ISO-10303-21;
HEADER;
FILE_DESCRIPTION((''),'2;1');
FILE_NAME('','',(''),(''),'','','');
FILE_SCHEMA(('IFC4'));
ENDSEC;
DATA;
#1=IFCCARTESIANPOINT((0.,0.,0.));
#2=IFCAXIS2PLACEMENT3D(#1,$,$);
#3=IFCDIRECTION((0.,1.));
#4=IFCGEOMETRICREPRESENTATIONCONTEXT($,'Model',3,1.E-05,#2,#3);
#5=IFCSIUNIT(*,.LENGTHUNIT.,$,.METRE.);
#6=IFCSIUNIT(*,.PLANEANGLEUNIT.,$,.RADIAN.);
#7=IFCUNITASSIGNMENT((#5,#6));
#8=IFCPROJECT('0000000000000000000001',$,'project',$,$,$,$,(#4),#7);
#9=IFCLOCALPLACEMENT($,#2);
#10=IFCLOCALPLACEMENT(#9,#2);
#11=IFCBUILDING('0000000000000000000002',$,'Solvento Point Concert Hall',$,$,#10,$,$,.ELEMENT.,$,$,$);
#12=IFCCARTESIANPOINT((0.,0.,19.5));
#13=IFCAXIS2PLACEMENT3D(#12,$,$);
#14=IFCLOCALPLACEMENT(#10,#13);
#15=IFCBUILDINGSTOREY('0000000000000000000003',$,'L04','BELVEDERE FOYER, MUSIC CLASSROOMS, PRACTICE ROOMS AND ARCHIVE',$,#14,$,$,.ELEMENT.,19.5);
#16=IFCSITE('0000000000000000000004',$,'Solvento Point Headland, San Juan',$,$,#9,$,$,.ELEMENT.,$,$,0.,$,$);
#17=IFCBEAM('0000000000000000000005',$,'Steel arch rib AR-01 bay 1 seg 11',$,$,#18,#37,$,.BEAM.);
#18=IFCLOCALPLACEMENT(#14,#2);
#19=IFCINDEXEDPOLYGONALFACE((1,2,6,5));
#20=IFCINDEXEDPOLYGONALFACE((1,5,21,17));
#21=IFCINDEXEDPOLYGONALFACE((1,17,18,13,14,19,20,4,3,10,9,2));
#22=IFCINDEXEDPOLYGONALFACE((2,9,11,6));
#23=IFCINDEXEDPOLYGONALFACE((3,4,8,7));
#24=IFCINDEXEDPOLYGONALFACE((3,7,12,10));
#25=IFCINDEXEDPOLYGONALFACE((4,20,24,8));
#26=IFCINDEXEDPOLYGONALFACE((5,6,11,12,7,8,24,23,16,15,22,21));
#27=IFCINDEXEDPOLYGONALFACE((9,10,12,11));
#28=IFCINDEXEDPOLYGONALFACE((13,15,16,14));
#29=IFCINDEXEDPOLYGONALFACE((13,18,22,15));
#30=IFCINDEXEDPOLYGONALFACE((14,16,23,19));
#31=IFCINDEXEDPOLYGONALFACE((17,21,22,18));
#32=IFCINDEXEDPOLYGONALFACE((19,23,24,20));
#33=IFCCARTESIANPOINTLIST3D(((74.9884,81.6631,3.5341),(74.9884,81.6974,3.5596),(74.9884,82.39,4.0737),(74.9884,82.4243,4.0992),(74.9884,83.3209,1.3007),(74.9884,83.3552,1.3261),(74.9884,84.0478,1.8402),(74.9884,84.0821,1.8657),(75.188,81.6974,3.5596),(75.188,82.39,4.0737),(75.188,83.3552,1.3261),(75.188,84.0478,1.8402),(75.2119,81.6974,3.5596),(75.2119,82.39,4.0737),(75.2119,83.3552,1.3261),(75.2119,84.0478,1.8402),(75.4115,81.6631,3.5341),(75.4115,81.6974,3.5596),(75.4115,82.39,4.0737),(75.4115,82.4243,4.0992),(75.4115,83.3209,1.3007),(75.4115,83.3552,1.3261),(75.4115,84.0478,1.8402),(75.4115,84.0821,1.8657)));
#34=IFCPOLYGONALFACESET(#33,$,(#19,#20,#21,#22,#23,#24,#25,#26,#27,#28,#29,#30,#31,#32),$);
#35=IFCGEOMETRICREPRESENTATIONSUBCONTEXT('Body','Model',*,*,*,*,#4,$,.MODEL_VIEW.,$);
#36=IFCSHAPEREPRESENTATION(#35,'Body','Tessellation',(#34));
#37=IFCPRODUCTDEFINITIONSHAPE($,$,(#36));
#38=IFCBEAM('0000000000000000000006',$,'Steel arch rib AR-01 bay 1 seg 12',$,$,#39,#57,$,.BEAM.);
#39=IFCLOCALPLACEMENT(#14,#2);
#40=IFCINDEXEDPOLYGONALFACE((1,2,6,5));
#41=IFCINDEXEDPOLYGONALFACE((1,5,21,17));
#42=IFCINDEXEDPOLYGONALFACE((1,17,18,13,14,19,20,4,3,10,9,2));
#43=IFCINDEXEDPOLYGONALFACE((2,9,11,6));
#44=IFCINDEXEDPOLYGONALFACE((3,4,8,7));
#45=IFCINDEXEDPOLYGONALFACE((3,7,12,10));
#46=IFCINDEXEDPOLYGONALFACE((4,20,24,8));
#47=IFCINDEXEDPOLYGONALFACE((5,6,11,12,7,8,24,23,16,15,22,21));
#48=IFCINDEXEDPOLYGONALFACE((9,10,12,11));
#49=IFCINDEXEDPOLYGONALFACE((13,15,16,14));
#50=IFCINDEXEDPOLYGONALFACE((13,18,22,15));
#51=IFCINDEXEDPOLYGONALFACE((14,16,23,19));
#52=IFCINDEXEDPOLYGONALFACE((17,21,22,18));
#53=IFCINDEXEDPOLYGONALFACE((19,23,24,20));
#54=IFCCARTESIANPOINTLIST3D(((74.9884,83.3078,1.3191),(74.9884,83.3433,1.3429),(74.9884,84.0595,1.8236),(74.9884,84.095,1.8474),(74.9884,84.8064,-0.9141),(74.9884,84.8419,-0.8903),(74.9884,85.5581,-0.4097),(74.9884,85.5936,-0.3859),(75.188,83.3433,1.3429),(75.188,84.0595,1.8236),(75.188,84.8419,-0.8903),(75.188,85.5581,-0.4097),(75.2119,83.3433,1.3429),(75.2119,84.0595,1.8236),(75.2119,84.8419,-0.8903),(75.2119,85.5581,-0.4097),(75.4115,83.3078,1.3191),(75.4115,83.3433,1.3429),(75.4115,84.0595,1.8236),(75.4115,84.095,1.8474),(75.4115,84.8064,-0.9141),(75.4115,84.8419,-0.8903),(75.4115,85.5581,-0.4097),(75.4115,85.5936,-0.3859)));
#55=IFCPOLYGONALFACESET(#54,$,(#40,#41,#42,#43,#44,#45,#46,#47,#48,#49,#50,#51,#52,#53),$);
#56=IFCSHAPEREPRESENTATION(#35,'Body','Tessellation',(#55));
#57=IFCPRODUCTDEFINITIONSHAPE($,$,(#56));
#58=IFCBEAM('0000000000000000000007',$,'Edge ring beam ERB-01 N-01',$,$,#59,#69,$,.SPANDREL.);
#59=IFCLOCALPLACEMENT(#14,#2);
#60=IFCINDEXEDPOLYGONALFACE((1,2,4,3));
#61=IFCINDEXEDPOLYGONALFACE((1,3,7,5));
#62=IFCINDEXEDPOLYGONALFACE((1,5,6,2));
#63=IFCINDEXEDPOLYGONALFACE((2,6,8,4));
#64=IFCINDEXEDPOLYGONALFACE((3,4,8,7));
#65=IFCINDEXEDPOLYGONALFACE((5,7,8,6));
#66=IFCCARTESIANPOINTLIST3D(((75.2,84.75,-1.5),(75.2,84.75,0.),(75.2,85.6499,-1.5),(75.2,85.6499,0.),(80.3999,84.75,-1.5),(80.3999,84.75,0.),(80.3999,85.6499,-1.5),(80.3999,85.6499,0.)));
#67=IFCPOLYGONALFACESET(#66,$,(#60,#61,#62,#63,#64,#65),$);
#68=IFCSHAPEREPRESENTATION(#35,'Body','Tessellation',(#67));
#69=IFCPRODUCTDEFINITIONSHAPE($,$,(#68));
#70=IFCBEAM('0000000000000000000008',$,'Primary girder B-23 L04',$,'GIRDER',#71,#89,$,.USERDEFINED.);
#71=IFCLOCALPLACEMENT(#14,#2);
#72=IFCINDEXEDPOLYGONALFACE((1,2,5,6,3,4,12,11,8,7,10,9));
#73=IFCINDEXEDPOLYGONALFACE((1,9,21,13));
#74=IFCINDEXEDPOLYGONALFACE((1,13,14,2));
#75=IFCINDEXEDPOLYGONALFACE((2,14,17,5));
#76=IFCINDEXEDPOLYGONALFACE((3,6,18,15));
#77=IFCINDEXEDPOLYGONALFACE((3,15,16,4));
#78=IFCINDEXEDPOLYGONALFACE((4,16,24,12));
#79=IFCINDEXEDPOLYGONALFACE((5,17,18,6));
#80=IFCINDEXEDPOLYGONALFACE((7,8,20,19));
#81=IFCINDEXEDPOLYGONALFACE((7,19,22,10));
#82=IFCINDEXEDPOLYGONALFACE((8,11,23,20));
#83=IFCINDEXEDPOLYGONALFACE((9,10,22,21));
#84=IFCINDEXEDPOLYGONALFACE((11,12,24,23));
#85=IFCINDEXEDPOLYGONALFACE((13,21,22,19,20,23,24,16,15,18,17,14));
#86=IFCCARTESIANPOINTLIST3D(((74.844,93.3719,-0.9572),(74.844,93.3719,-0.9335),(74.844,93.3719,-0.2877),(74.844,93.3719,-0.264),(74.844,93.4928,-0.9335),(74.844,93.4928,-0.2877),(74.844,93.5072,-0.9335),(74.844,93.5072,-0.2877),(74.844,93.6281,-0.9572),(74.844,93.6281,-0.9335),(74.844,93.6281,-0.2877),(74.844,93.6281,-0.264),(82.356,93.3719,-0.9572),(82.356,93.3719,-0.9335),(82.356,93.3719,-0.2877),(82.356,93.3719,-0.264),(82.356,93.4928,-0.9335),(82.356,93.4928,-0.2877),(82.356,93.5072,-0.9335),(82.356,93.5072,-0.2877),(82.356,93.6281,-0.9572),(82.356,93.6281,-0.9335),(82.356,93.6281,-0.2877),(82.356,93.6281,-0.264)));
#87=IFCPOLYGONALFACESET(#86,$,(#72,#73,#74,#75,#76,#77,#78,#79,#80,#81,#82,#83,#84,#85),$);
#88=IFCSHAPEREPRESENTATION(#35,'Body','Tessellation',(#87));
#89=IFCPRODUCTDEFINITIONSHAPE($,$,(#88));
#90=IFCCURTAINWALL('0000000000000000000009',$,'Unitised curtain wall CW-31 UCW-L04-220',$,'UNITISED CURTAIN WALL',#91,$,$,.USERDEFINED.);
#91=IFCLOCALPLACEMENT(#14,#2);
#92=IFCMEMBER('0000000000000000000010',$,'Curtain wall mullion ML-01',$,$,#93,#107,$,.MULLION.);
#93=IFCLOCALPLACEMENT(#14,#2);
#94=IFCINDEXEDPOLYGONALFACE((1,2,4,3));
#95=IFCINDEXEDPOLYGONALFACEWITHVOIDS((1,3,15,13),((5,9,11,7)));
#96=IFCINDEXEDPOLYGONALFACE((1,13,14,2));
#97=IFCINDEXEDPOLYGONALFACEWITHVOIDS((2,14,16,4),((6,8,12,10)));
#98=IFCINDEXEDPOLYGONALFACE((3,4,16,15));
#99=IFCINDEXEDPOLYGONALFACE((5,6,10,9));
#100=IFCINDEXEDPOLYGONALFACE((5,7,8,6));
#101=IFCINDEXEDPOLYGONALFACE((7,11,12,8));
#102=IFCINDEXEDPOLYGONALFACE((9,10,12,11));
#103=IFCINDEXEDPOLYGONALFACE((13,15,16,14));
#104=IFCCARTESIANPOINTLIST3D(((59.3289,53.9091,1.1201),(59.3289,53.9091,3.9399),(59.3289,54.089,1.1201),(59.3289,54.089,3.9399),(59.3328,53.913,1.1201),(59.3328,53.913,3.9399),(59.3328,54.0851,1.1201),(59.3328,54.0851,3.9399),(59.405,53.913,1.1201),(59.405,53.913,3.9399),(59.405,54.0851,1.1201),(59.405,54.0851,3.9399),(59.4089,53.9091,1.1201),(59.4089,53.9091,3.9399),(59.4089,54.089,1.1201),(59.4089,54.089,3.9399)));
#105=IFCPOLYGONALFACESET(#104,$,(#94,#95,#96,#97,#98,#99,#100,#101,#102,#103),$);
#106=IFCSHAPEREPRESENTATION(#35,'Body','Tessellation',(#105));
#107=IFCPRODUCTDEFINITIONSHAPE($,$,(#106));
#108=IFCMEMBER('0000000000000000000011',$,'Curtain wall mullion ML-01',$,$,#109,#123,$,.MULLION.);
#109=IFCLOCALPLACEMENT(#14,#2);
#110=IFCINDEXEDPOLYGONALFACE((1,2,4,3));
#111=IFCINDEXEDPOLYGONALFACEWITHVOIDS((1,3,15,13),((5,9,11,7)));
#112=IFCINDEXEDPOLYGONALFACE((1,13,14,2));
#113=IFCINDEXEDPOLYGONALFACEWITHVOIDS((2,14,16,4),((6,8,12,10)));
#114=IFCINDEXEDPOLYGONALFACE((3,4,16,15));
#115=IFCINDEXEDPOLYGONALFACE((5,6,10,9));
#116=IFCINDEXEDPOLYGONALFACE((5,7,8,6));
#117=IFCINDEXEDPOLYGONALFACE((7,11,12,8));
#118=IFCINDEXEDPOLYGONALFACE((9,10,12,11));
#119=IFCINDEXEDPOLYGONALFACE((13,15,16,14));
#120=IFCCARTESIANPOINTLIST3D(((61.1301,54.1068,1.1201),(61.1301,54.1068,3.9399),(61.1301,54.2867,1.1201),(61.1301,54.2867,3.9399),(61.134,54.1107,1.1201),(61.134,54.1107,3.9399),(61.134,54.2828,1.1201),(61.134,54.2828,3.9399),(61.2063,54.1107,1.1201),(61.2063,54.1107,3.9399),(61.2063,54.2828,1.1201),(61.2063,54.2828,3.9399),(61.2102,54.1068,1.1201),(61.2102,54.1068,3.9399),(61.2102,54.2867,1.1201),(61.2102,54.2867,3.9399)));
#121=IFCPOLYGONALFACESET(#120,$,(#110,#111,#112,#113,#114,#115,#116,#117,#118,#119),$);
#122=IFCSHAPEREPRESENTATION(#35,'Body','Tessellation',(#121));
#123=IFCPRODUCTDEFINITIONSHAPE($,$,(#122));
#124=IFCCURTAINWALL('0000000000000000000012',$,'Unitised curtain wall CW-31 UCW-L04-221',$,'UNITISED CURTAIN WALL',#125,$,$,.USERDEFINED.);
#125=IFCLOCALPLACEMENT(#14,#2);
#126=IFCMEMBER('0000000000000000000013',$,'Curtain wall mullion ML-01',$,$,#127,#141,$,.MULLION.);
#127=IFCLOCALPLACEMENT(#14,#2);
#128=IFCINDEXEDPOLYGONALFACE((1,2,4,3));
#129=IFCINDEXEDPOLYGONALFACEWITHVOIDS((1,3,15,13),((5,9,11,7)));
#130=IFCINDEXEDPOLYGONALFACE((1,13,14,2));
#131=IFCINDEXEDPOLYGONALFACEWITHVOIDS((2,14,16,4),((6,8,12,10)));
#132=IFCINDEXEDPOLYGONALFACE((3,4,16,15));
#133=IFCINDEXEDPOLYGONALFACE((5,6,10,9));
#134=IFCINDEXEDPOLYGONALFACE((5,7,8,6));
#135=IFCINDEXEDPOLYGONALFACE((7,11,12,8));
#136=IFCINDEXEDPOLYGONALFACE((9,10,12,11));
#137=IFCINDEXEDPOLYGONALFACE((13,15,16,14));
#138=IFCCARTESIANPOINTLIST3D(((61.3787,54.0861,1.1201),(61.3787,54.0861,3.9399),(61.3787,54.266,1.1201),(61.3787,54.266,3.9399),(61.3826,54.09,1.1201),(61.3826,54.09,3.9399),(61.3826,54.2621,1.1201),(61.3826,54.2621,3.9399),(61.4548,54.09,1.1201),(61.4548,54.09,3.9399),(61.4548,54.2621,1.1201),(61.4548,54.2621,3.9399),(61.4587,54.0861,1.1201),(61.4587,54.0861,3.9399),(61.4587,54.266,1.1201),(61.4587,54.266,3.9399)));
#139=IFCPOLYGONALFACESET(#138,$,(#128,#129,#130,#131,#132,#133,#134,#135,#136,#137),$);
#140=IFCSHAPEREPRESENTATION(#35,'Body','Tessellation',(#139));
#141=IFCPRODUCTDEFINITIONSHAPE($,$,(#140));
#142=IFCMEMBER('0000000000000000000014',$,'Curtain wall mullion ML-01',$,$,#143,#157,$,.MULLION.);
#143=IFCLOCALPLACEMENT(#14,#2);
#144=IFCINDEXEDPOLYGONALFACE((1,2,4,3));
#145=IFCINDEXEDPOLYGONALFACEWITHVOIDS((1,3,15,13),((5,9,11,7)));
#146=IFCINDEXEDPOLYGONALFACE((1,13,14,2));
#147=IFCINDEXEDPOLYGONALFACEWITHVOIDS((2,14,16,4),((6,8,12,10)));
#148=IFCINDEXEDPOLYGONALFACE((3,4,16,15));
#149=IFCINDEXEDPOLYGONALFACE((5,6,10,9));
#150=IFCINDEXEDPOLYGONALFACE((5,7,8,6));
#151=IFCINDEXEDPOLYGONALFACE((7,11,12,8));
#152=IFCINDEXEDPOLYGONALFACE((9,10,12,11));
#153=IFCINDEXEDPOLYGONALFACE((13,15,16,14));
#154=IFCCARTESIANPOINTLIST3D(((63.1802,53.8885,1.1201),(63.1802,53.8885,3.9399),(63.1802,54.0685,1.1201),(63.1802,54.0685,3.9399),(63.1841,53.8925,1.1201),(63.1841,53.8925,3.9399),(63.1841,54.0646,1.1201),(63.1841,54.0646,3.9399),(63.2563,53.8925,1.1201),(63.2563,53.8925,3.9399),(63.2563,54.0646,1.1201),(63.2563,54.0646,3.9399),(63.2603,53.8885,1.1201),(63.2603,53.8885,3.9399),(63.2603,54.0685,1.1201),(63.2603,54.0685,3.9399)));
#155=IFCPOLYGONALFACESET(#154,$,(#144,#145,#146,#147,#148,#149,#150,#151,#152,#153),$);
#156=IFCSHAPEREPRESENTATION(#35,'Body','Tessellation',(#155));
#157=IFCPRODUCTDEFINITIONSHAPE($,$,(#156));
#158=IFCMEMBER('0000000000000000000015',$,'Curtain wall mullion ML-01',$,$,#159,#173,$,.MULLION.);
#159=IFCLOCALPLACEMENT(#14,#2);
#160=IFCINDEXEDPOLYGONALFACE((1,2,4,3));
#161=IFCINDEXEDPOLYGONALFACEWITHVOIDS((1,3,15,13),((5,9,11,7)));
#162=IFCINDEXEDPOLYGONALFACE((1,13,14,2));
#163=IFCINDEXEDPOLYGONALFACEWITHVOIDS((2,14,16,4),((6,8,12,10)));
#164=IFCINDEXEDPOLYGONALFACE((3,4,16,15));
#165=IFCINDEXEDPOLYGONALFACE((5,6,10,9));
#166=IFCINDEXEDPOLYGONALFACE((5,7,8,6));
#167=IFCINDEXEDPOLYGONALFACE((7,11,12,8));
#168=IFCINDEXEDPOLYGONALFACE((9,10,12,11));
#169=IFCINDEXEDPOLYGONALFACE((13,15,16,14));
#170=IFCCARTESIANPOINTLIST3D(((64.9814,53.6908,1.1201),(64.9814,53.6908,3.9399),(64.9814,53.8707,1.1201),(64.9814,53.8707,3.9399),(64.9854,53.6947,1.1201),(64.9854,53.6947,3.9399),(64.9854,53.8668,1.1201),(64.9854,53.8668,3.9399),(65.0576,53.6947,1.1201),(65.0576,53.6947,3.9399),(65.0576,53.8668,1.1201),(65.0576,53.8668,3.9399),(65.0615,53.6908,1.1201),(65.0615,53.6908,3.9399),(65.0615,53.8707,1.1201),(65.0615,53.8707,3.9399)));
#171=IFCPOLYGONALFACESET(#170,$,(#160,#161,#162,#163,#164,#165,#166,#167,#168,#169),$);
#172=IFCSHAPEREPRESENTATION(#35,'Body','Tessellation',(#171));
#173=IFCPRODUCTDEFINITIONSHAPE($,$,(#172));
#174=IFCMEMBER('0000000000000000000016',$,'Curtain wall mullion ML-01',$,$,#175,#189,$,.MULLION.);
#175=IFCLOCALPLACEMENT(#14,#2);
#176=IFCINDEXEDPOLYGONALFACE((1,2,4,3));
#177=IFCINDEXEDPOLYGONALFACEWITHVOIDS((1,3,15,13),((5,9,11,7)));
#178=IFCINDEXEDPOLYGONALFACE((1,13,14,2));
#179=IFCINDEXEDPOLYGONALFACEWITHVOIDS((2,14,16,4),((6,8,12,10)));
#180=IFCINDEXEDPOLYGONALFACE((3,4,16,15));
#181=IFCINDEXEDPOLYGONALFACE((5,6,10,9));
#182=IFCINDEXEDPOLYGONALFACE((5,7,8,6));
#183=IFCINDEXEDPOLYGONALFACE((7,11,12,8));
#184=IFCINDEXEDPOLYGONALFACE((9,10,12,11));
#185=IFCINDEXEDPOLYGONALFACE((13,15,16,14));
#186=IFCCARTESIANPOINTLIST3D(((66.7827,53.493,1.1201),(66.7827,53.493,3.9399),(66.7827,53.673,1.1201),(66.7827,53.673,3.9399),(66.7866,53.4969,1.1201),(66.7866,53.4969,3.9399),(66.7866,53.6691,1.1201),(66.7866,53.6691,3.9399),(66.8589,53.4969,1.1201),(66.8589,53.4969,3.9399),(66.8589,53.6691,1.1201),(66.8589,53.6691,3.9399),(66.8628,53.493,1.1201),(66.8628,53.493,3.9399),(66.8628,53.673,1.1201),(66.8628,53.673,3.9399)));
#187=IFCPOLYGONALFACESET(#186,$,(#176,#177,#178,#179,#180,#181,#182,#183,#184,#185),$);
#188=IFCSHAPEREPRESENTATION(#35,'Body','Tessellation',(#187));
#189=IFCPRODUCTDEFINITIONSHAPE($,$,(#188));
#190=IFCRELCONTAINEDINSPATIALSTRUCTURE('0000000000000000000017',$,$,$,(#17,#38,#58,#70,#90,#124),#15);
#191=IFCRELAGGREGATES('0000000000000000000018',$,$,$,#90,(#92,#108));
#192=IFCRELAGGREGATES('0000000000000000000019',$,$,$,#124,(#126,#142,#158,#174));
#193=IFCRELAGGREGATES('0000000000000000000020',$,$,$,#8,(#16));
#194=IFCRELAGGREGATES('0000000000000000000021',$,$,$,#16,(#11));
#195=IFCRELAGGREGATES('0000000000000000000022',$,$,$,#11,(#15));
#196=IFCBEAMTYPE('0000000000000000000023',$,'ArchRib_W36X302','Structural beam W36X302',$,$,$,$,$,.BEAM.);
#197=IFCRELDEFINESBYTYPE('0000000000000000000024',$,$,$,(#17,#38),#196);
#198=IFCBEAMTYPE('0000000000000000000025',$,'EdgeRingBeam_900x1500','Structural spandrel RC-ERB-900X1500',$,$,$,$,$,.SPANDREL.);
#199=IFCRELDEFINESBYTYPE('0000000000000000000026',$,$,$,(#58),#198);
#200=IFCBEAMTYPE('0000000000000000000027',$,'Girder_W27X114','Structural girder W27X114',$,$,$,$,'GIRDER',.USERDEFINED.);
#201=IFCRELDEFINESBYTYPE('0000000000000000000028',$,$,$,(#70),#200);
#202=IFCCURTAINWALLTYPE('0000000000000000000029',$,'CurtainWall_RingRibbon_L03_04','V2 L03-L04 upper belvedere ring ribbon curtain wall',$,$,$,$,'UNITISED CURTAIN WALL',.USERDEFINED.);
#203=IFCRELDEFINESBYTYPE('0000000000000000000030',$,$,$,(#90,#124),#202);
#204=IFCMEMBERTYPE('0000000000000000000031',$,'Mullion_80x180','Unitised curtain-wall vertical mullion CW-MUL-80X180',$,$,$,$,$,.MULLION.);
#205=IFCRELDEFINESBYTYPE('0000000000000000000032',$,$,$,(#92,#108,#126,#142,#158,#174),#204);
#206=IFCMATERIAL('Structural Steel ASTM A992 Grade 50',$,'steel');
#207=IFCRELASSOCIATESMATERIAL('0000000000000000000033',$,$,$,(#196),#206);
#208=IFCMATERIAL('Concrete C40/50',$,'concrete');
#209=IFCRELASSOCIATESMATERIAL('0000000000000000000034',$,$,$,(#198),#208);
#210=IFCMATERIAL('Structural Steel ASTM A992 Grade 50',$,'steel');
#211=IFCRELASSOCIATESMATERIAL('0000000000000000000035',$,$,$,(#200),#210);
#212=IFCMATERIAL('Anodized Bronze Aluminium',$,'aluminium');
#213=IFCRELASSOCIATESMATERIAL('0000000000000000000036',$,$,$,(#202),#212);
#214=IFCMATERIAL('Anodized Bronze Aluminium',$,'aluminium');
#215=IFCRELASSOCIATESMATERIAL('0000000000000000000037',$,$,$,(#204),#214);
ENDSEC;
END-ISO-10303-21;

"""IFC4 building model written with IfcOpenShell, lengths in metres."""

from ifc_helpers import new_model, si_unit, direction, frame, origin, origin_2d, place, context, subcontext, project, spatial, rectangle, hollow_rectangle, i_section, extrude, material, material_profile, profile_set, type_object, element, aggregate, save


model = new_model("IFC4")

# Units and contexts
model_context = context("Model", 3, precision=1e-05, world=origin(), true_north=direction((0.0, 1.0)))
body_context = subcontext(model_context, "Body", "Model", "MODEL_VIEW")
ifc_project = project(units=[si_unit("LENGTHUNIT", "METRE"), si_unit("PLANEANGLEUNIT", "RADIAN")], contexts=[model_context])

# Site, building, storey
site_placement = place(None, origin())
site = spatial("IfcSite", under=ifc_project, at=site_placement, Name="Solvento Point Headland, San Juan", CompositionType="ELEMENT", RefElevation=0.0)
building_placement = place(site_placement, origin())
building = spatial("IfcBuilding", under=site, at=building_placement, Name="Solvento Point Concert Hall", CompositionType="ELEMENT")
storey_placement = place(building_placement, frame((0.0, 0.0, 19.5)))
storey = spatial("IfcBuildingStorey", under=building, at=storey_placement, Name="L04", Description="BELVEDERE FOYER, MUSIC CLASSROOMS, PRACTICE ROOMS AND ARCHIVE", CompositionType="ELEMENT", Elevation=19.5)

# Beams
ifc_material_1 = material(Name="Structural Steel ASTM A992 Grade 50", Category="steel")
ifc_material_profile_1 = material_profile(ifc_material_1, i_section(OverallWidth=0.4231, OverallDepth=0.948, WebThickness=0.0239, FlangeThickness=0.0427, at=origin_2d()), Name="W36X302")
ifc_profile_set_1 = profile_set([ifc_material_profile_1], Name="Structural Steel ASTM A992 Grade 50")
beam_type_1 = type_object("IfcBeamType", Name="ArchRib_W36X302", Description="Structural beam W36X302", PredefinedType="BEAM", material=ifc_profile_set_1)
beam_1_placement = place(storey_placement, frame((75.2, 82.0437, 3.8167), z_axis=(0.0, 0.596004, -0.802981), x_axis=(-1.0, 0.0, 0.0)))
element("IfcBeam", 1, at=beam_1_placement, inside=storey, type_object=beam_type_1, Name="Steel arch rib AR-01 bay 1 seg 11", PredefinedType="BEAM", context=body_context, shape_type="SweptSolid", body=[
    extrude(i_section(OverallWidth=0.4231, OverallDepth=0.948, WebThickness=0.0239, FlangeThickness=0.0427, at=origin_2d()), origin(), (0.0, 0.0, 1.0), 2.7815),
])
beam_2_placement = place(storey_placement, frame((75.2, 83.7014, 1.5833), z_axis=(0.0, 0.557212, -0.830371), x_axis=(-1.0, 0.0, 0.0)))
element("IfcBeam", 2, at=beam_2_placement, inside=storey, type_object=beam_type_1, Name="Steel arch rib AR-01 bay 1 seg 12", PredefinedType="BEAM", context=body_context, shape_type="SweptSolid", body=[
    extrude(i_section(OverallWidth=0.4231, OverallDepth=0.948, WebThickness=0.0239, FlangeThickness=0.0427, at=origin_2d()), origin(), (0.0, 0.0, 1.0), 2.6895),
])
ifc_material_2 = material(Name="Concrete C40/50", Category="concrete")
ifc_material_profile_2 = material_profile(ifc_material_2, rectangle(XDim=0.8999, YDim=1.5, at=origin_2d()), Name="RC-ERB-900X1500")
ifc_profile_set_2 = profile_set([ifc_material_profile_2], Name="Concrete C40/50")
beam_type_2 = type_object("IfcBeamType", Name="EdgeRingBeam_900x1500", Description="Structural spandrel RC-ERB-900X1500", PredefinedType="SPANDREL", material=ifc_profile_set_2)
beam_3_placement = place(storey_placement, frame((75.2, 85.2, -0.75), z_axis=(1.0, 0.0, 0.0), x_axis=(0.0, 1.0, 0.0)))
element("IfcBeam", 3, at=beam_3_placement, inside=storey, type_object=beam_type_2, Name="Edge ring beam ERB-01 N-01", PredefinedType="SPANDREL", context=body_context, shape_type="SweptSolid", body=[
    extrude(rectangle(XDim=0.8999, YDim=1.5, at=origin_2d()), origin(), (0.0, 0.0, 1.0), 5.2),
])
ifc_material_3 = material(Name="Structural Steel ASTM A992 Grade 50", Category="steel")
ifc_material_profile_3 = material_profile(ifc_material_3, i_section(OverallWidth=0.2561, OverallDepth=0.6931, WebThickness=0.0144, FlangeThickness=0.0237, at=origin_2d()), Name="W27X114")
ifc_profile_set_3 = profile_set([ifc_material_profile_3], Name="Structural Steel ASTM A992 Grade 50")
beam_type_3 = type_object("IfcBeamType", Name="Girder_W27X114", Description="Structural girder W27X114", ElementType="GIRDER", PredefinedType="USERDEFINED", material=ifc_profile_set_3)
beam_4_placement = place(storey_placement, frame((74.844, 93.5, -0.6106), z_axis=(1.0, 0.0, 0.0), x_axis=(0.0, 1.0, 0.0)))
element("IfcBeam", 4, at=beam_4_placement, inside=storey, type_object=beam_type_3, Name="Primary girder B-23 L04", ObjectType="GIRDER", PredefinedType="USERDEFINED", context=body_context, shape_type="SweptSolid", body=[
    extrude(i_section(OverallWidth=0.2561, OverallDepth=0.6931, WebThickness=0.0144, FlangeThickness=0.0237, at=origin_2d()), origin(), (0.0, 0.0, 1.0), 7.512),
])

# Curtain walls, members
ifc_material_4 = material(Name="Anodized Bronze Aluminium", Category="aluminium")
curtain_wall_type = type_object("IfcCurtainWallType", Name="CurtainWall_RingRibbon_L03_04", Description="V2 L03-L04 upper belvedere ring ribbon curtain wall", ElementType="UNITISED CURTAIN WALL", PredefinedType="USERDEFINED", material=ifc_material_4)
curtain_wall_1_placement = place(storey_placement, origin())
curtain_wall_1 = element("IfcCurtainWall", 5, at=curtain_wall_1_placement, inside=storey, type_object=curtain_wall_type, Name="Unitised curtain wall CW-31 UCW-L04-220", ObjectType="UNITISED CURTAIN WALL", PredefinedType="USERDEFINED")
ifc_material_5 = material(Name="Anodized Bronze Aluminium", Category="aluminium")
ifc_material_profile_4 = material_profile(ifc_material_5, hollow_rectangle(XDim=0.0801, YDim=0.1799, WallThickness=0.0039, at=origin_2d()), Name="CW-MUL-80X180")
ifc_profile_set_4 = profile_set([ifc_material_profile_4], Name="Anodized Bronze Aluminium")
member_type_1 = type_object("IfcMemberType", Name="Mullion_80x180", Description="Unitised curtain-wall vertical mullion CW-MUL-80X180", PredefinedType="MULLION", material=ifc_profile_set_4)
member_1_placement = place(storey_placement, frame((59.3689, 53.999, 1.1201), z_axis=(0.0, 0.0, 1.0), x_axis=(1.0, 0.0, 0.0)))
member_1 = element("IfcMember", 6, at=member_1_placement, type_object=member_type_1, Name="Curtain wall mullion ML-01", PredefinedType="MULLION", context=body_context, shape_type="SweptSolid", body=[
    extrude(hollow_rectangle(XDim=0.0801, YDim=0.1799, WallThickness=0.0039, at=origin_2d()), origin(), (0.0, 0.0, 1.0), 2.8198),
])
member_2_placement = place(storey_placement, frame((61.1702, 54.1968, 1.1201), z_axis=(0.0, 0.0, 1.0), x_axis=(1.0, 0.0, 0.0)))
member_2 = element("IfcMember", 7, at=member_2_placement, type_object=member_type_1, Name="Curtain wall mullion ML-01", PredefinedType="MULLION", context=body_context, shape_type="SweptSolid", body=[
    extrude(hollow_rectangle(XDim=0.0801, YDim=0.1799, WallThickness=0.0039, at=origin_2d()), origin(), (0.0, 0.0, 1.0), 2.8198),
])
curtain_wall_2_placement = place(storey_placement, origin())
curtain_wall_2 = element("IfcCurtainWall", 8, at=curtain_wall_2_placement, inside=storey, type_object=curtain_wall_type, Name="Unitised curtain wall CW-31 UCW-L04-221", ObjectType="UNITISED CURTAIN WALL", PredefinedType="USERDEFINED")
member_3_placement = place(storey_placement, frame((61.4187, 54.176, 1.1201), z_axis=(0.0, 0.0, 1.0), x_axis=(1.0, 0.0, 0.0)))
member_3 = element("IfcMember", 9, at=member_3_placement, type_object=member_type_1, Name="Curtain wall mullion ML-01", PredefinedType="MULLION", context=body_context, shape_type="SweptSolid", body=[
    extrude(hollow_rectangle(XDim=0.0801, YDim=0.1799, WallThickness=0.0039, at=origin_2d()), origin(), (0.0, 0.0, 1.0), 2.8198),
])
member_4_placement = place(storey_placement, frame((63.2202, 53.9785, 1.1201), z_axis=(0.0, 0.0, 1.0), x_axis=(1.0, 0.0, 0.0)))
member_4 = element("IfcMember", 10, at=member_4_placement, type_object=member_type_1, Name="Curtain wall mullion ML-01", PredefinedType="MULLION", context=body_context, shape_type="SweptSolid", body=[
    extrude(hollow_rectangle(XDim=0.0801, YDim=0.1799, WallThickness=0.0039, at=origin_2d()), origin(), (0.0, 0.0, 1.0), 2.8198),
])
member_5_placement = place(storey_placement, frame((65.0215, 53.7808, 1.1201), z_axis=(0.0, 0.0, 1.0), x_axis=(1.0, 0.0, 0.0)))
member_5 = element("IfcMember", 11, at=member_5_placement, type_object=member_type_1, Name="Curtain wall mullion ML-01", PredefinedType="MULLION", context=body_context, shape_type="SweptSolid", body=[
    extrude(hollow_rectangle(XDim=0.0801, YDim=0.1799, WallThickness=0.0039, at=origin_2d()), origin(), (0.0, 0.0, 1.0), 2.8198),
])
member_6_placement = place(storey_placement, frame((66.8228, 53.583, 1.1201), z_axis=(0.0, 0.0, 1.0), x_axis=(1.0, 0.0, 0.0)))
member_6 = element("IfcMember", 12, at=member_6_placement, type_object=member_type_1, Name="Curtain wall mullion ML-01", PredefinedType="MULLION", context=body_context, shape_type="SweptSolid", body=[
    extrude(hollow_rectangle(XDim=0.0801, YDim=0.1799, WallThickness=0.0039, at=origin_2d()), origin(), (0.0, 0.0, 1.0), 2.8198),
])

aggregate(curtain_wall_1, [member_1, member_2])
aggregate(curtain_wall_2, [member_3, member_4, member_5, member_6])

save(model, "model.ifc")
